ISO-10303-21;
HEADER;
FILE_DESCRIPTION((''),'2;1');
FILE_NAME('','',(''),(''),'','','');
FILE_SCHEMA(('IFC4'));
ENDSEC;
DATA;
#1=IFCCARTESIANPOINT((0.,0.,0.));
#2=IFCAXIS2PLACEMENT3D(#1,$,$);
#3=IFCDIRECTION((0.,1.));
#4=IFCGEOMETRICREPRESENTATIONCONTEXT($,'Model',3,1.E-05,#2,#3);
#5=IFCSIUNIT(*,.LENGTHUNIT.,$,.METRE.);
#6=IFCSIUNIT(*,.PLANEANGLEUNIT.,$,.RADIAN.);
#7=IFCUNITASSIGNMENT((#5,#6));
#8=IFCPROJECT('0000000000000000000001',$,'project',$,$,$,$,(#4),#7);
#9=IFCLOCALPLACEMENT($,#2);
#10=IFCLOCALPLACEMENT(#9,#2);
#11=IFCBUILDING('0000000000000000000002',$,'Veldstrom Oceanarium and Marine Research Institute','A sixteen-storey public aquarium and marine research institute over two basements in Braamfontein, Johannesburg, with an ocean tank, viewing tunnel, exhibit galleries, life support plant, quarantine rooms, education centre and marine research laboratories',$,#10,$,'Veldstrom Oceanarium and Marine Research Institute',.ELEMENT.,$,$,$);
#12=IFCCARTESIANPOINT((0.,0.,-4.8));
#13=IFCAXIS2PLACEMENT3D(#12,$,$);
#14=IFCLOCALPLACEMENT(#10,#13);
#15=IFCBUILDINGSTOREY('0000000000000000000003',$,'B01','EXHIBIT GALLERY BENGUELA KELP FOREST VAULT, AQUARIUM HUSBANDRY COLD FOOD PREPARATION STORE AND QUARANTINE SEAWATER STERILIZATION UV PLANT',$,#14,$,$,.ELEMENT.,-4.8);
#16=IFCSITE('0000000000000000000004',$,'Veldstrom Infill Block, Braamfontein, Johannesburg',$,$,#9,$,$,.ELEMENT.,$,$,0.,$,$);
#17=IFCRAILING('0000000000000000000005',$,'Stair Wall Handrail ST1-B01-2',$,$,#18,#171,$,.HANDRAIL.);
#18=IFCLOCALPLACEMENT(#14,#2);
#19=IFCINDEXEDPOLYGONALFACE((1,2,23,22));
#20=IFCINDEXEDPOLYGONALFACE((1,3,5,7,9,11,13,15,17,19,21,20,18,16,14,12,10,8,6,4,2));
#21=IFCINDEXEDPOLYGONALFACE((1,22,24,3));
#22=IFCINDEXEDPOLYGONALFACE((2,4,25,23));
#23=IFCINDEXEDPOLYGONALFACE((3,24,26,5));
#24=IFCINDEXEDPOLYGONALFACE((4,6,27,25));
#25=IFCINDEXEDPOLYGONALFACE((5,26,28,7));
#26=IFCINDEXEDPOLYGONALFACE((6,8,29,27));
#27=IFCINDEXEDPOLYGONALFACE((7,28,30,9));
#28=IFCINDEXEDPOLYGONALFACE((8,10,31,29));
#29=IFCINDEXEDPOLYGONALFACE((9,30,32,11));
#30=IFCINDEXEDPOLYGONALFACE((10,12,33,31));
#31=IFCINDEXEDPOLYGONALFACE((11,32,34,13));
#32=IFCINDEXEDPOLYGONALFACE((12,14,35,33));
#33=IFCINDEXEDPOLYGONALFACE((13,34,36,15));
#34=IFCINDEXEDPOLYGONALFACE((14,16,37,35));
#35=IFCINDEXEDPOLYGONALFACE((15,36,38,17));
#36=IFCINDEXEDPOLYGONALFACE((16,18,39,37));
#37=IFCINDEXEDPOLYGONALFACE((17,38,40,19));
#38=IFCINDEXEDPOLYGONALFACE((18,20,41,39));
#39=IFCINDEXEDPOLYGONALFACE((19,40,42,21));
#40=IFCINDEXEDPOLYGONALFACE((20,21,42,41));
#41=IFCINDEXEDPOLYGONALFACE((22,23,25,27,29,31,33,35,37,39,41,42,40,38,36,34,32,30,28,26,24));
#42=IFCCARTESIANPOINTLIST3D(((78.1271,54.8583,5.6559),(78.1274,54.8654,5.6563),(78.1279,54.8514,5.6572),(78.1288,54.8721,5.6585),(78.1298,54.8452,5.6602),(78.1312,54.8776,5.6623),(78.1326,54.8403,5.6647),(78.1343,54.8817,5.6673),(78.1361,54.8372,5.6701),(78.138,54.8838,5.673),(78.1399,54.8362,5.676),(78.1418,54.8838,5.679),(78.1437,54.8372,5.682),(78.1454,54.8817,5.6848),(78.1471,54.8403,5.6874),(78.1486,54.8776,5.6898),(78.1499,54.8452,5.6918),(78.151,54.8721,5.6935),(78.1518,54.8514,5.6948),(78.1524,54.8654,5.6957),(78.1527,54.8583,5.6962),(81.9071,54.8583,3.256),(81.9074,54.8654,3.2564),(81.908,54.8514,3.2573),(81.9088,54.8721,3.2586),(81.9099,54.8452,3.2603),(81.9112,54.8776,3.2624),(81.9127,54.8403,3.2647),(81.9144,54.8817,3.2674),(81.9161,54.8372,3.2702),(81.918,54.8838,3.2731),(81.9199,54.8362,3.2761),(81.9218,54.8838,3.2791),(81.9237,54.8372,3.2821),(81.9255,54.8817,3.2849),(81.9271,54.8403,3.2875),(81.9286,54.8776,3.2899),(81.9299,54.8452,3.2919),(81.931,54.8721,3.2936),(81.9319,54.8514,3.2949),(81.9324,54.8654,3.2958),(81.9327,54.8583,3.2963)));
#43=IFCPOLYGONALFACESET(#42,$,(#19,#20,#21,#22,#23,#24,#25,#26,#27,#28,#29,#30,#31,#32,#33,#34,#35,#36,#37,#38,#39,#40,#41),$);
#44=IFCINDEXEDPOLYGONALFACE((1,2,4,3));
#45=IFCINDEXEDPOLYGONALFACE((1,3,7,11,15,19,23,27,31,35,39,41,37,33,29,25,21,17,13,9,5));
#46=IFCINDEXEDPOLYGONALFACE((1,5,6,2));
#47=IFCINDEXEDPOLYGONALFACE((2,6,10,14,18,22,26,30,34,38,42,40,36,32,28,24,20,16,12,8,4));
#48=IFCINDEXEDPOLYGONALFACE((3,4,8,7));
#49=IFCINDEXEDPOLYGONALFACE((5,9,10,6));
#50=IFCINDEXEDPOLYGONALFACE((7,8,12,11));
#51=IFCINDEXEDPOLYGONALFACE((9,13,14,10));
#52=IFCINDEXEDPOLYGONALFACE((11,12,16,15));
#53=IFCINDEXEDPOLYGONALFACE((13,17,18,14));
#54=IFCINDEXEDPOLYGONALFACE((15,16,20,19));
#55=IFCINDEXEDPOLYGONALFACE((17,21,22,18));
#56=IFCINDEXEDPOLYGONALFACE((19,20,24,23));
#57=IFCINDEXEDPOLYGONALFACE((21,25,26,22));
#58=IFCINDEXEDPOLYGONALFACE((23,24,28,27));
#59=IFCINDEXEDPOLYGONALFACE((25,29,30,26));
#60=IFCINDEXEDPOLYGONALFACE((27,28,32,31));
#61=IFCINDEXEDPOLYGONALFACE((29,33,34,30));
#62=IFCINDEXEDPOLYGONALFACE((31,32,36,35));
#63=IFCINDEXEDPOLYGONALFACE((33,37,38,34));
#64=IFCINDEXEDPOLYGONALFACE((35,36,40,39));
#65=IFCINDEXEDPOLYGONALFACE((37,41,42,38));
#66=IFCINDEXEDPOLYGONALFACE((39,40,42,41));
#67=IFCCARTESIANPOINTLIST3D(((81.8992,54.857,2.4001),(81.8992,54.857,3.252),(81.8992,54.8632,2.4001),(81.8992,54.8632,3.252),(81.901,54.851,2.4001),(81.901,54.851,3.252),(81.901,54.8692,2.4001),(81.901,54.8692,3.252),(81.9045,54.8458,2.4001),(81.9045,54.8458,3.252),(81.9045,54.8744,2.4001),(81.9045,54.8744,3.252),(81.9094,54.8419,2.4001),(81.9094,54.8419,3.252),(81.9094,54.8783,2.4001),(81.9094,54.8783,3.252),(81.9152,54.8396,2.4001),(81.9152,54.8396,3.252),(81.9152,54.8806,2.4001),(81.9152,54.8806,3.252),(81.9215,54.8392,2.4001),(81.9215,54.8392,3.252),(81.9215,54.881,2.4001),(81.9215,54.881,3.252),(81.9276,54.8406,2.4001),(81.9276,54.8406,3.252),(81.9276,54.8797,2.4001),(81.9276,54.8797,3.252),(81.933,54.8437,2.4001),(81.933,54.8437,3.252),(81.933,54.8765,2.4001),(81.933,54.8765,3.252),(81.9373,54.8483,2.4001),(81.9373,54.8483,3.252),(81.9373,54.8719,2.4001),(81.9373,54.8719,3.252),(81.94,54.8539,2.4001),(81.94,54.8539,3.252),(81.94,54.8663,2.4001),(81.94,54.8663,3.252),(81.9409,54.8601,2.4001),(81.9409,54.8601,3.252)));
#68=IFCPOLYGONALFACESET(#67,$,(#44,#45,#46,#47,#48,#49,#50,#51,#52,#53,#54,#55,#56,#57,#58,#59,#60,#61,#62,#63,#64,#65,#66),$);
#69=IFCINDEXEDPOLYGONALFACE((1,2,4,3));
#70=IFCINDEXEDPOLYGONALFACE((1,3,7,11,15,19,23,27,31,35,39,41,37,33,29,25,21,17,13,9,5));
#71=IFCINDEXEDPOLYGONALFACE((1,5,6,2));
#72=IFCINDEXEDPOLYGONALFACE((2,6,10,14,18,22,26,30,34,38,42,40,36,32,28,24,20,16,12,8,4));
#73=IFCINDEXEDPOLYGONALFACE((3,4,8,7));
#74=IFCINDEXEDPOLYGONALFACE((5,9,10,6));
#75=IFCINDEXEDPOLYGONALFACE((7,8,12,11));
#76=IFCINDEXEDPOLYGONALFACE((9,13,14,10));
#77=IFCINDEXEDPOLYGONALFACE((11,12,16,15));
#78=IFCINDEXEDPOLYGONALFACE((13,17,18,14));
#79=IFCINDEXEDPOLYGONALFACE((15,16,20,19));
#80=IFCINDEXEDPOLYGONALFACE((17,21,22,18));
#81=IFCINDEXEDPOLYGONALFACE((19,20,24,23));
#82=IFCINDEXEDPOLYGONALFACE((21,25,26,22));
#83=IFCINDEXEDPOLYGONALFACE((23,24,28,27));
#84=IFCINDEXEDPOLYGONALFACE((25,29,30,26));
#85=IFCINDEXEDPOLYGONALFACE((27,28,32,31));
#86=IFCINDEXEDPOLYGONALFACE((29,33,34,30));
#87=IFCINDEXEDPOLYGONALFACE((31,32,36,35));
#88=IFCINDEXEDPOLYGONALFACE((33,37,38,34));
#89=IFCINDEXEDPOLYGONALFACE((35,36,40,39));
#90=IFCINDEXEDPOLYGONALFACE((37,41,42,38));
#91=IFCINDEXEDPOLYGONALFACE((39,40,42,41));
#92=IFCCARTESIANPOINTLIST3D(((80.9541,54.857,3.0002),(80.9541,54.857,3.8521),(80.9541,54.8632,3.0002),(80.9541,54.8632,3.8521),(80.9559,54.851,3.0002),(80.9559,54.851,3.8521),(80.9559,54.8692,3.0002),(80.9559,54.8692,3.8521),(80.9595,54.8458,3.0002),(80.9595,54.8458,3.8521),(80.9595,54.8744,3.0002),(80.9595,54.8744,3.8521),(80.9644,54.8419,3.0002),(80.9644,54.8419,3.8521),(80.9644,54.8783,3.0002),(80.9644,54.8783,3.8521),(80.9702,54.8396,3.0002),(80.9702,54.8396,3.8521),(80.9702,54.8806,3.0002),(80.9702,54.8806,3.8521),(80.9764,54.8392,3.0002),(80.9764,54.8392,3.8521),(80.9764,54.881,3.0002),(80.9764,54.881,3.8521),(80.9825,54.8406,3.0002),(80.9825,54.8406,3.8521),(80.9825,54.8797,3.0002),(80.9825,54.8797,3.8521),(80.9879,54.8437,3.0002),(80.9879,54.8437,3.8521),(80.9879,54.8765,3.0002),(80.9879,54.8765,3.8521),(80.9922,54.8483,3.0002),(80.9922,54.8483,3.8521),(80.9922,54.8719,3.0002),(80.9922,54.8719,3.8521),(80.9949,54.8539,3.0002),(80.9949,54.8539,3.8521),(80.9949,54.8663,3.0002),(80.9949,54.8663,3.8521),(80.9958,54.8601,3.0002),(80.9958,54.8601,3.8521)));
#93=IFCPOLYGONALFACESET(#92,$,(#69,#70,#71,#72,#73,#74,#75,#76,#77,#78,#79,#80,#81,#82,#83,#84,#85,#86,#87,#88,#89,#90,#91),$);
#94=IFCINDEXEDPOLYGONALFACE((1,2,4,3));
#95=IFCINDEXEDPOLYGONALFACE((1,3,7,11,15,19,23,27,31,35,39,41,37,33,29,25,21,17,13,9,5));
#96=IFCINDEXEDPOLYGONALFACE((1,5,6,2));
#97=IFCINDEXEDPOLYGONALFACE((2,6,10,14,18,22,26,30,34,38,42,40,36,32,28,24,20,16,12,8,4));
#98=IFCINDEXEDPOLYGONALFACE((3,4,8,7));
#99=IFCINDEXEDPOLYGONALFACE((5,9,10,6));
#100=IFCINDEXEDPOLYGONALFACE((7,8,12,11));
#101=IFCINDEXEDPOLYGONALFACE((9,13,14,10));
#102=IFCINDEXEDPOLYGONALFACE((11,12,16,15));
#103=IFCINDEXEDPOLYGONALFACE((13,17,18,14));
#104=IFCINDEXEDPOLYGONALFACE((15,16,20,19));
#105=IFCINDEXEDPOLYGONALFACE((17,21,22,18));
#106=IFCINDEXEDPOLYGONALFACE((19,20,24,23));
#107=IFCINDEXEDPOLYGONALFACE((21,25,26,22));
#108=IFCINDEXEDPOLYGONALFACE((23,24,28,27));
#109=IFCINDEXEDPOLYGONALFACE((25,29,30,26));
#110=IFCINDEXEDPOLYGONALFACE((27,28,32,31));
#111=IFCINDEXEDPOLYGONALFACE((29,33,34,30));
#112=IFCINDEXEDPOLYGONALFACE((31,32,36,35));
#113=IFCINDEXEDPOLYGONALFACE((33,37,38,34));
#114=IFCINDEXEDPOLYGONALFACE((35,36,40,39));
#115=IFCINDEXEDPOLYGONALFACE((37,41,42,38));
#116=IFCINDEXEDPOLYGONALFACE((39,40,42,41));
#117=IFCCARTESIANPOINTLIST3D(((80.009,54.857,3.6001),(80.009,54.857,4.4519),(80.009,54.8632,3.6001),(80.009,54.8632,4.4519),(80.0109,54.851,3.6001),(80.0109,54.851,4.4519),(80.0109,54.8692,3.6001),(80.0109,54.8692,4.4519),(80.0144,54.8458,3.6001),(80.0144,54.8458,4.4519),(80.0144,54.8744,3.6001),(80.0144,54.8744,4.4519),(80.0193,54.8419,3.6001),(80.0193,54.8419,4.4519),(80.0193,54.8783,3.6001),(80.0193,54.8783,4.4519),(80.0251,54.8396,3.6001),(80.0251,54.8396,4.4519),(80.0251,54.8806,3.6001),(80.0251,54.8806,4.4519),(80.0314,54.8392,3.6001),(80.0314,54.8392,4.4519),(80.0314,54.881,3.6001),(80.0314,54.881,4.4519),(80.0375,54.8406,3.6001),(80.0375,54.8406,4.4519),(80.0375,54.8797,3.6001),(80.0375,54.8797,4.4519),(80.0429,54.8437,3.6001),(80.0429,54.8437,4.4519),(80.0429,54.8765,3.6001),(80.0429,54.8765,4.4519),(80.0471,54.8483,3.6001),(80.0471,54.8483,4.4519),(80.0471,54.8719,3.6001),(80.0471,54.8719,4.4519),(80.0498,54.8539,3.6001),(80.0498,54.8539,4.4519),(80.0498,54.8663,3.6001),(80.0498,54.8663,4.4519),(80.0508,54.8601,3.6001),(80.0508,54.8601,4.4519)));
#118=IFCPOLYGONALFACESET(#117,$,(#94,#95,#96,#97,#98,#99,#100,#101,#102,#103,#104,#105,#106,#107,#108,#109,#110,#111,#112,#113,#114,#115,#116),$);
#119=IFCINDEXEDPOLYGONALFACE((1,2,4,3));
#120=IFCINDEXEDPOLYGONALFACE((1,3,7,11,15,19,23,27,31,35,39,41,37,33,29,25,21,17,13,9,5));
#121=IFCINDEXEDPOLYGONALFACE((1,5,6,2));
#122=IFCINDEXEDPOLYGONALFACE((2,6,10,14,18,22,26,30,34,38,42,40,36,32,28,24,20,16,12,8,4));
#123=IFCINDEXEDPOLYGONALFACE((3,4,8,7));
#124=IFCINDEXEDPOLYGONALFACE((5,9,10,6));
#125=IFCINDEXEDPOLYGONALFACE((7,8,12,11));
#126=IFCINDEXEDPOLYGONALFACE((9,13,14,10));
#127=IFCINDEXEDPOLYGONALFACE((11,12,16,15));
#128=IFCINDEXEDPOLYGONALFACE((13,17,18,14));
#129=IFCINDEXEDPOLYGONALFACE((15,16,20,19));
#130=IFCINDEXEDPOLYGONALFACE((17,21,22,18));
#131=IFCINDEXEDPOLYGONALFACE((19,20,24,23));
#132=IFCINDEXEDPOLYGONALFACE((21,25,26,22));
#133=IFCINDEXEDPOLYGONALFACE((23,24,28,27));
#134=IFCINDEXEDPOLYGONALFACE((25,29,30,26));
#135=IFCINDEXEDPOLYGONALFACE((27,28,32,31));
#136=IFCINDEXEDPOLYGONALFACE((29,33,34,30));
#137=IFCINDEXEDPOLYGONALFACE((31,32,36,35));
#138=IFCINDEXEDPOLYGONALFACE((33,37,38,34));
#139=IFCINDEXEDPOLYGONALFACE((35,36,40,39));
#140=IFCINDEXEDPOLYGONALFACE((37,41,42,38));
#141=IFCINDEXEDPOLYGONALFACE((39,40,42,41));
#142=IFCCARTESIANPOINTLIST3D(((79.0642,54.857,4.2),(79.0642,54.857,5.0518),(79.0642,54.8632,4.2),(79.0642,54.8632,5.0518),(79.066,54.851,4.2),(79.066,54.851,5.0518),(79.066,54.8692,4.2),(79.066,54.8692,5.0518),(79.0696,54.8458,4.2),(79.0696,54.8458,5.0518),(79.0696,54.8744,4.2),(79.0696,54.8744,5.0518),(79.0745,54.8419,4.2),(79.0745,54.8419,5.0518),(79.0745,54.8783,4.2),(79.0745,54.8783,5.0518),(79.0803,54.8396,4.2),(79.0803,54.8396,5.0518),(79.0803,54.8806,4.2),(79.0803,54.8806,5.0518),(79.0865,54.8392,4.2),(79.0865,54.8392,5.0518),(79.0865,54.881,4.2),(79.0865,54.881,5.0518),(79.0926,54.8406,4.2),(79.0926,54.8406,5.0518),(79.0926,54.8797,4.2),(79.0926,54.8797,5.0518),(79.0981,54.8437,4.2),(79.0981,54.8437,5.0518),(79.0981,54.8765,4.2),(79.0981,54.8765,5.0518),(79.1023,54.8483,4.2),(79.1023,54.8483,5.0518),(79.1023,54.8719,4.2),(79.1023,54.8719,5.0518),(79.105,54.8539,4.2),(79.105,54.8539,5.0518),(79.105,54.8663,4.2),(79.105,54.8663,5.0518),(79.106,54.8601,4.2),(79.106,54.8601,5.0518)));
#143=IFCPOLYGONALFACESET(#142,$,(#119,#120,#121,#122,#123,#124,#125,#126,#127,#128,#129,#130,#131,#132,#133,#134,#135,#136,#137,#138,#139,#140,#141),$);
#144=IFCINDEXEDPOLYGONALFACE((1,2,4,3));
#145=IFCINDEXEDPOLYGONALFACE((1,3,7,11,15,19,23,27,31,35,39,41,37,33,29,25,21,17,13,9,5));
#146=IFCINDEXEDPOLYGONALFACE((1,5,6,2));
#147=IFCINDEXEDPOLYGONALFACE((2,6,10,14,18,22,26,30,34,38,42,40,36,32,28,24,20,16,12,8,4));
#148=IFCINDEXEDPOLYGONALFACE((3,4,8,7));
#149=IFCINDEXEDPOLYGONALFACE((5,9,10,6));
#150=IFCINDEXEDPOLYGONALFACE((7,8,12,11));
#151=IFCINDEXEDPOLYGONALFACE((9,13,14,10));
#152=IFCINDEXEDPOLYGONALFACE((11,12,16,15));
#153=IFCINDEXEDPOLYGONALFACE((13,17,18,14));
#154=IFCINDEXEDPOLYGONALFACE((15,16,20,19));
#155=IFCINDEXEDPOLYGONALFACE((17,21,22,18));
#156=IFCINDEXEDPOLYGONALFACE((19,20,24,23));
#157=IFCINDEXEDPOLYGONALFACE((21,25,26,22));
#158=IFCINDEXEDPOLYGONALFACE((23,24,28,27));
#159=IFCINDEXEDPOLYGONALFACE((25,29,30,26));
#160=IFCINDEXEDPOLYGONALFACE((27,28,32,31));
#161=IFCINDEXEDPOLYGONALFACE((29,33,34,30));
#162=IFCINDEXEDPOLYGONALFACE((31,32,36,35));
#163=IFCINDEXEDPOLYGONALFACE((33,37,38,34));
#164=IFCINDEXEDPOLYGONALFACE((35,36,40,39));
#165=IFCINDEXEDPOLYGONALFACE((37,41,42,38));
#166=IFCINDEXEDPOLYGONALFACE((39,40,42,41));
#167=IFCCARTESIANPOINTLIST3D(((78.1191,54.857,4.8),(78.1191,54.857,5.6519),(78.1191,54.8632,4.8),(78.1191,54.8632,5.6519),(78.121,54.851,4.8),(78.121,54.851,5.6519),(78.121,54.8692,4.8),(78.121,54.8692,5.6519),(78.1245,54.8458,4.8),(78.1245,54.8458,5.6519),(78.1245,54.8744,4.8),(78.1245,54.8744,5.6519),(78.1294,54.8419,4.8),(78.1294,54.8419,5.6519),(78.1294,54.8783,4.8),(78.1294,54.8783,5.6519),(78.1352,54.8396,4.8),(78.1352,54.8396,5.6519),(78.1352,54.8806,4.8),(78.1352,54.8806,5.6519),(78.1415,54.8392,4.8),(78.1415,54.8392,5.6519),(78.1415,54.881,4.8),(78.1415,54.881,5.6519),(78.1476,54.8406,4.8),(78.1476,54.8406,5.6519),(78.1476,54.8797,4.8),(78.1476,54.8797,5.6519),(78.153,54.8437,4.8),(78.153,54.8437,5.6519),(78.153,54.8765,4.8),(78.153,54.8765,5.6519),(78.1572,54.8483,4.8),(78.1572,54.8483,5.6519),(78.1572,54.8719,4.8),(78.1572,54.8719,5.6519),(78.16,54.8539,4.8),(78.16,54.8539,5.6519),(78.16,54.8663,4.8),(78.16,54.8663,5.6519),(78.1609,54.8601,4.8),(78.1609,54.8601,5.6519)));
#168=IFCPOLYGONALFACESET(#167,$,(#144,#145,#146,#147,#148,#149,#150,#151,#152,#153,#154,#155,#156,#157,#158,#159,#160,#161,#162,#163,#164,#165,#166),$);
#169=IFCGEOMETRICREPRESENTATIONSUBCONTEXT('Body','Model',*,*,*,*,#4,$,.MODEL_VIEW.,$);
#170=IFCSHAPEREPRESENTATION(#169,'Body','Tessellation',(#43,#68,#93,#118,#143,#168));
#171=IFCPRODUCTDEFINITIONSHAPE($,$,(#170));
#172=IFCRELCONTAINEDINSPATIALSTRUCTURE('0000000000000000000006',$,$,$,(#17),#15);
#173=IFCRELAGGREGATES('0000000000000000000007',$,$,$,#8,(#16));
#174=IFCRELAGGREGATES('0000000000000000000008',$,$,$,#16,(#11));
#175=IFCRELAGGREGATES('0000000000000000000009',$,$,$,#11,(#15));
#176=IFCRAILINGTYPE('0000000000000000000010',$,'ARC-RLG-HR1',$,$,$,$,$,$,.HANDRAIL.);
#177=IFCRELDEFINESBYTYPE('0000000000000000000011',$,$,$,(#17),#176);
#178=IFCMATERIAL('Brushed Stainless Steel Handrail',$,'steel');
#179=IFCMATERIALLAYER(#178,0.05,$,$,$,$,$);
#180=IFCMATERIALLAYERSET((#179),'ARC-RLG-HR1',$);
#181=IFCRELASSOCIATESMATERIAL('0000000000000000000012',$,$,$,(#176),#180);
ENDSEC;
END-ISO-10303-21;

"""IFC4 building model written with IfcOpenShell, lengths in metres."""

from ifc_helpers import new_model, si_unit, direction, frame, origin, origin_2d, place, context, subcontext, project, spatial, circle, extrude, material, layer, layer_set, type_object, element, save


model = new_model("IFC4")

# Units and contexts
model_context = context("Model", 3, precision=1e-05, world=origin(), true_north=direction((0.0, 1.0)))
body_context = subcontext(model_context, "Body", "Model", "MODEL_VIEW")
ifc_project = project(units=[si_unit("LENGTHUNIT", "METRE"), si_unit("PLANEANGLEUNIT", "RADIAN")], contexts=[model_context])

# Site, building, storey
site_placement = place(None, origin())
site = spatial("IfcSite", under=ifc_project, at=site_placement, Name="Veldstrom Infill Block, Braamfontein, Johannesburg", CompositionType="ELEMENT", RefElevation=0.0)
building_placement = place(site_placement, origin())
building = spatial("IfcBuilding", under=site, at=building_placement, Name="Veldstrom Oceanarium and Marine Research Institute", Description="A sixteen-storey public aquarium and marine research institute over two basements in Braamfontein, Johannesburg, with an ocean tank, viewing tunnel, exhibit galleries, life support plant, quarantine rooms, education centre and marine research laboratories", LongName="Veldstrom Oceanarium and Marine Research Institute", CompositionType="ELEMENT")
storey_placement = place(building_placement, frame((0.0, 0.0, -4.8)))
storey = spatial("IfcBuildingStorey", under=building, at=storey_placement, Name="B01", Description="EXHIBIT GALLERY BENGUELA KELP FOREST VAULT, AQUARIUM HUSBANDRY COLD FOOD PREPARATION STORE AND QUARANTINE SEAWATER STERILIZATION UV PLANT", CompositionType="ELEMENT", Elevation=-4.8)

# Railing
ifc_material_1 = material(Name="Brushed Stainless Steel Handrail", Category="steel")
ifc_layer_1 = layer(ifc_material_1, 0.05)
ifc_layer_set_1 = layer_set([ifc_layer_1], Name="ARC-RLG-HR1")
railing_type_1 = type_object("IfcRailingType", Name="ARC-RLG-HR1", PredefinedType="HANDRAIL", material=ifc_layer_set_1)
railing_1_placement = place(storey_placement, frame((81.9199, 54.8601, 2.4001)))
element("IfcRailing", 1, at=railing_1_placement, inside=storey, type_object=railing_type_1, Name="Stair Wall Handrail ST1-B01-2", PredefinedType="HANDRAIL", context=body_context, shape_type="SweptSolid", body=[
    extrude(circle(Radius=0.0239, at=origin_2d()), frame((0.0, 0.0, 0.876), z_axis=(-0.844225, 0.0, 0.53599), x_axis=(0.0, -1.0, 0.0)), (0.0, 0.0, 1.0), 4.4775),
    extrude(circle(Radius=0.021, at=origin_2d()), origin(), (0.0, 0.0, 1.0), 0.8518),
    extrude(circle(Radius=0.021, at=origin_2d()), frame((-0.9451, 0.0, 0.6001)), (0.0, 0.0, 1.0), 0.8518),
    extrude(circle(Radius=0.021, at=origin_2d()), frame((-1.8901, 0.0, 1.2)), (0.0, 0.0, 1.0), 0.8518),
    extrude(circle(Radius=0.021, at=origin_2d()), frame((-2.835, 0.0, 1.7998)), (0.0, 0.0, 1.0), 0.8518),
    extrude(circle(Radius=0.021, at=origin_2d()), frame((-3.78, 0.0, 2.3999)), (0.0, 0.0, 1.0), 0.8518),
])

save(model, "model.ifc")
